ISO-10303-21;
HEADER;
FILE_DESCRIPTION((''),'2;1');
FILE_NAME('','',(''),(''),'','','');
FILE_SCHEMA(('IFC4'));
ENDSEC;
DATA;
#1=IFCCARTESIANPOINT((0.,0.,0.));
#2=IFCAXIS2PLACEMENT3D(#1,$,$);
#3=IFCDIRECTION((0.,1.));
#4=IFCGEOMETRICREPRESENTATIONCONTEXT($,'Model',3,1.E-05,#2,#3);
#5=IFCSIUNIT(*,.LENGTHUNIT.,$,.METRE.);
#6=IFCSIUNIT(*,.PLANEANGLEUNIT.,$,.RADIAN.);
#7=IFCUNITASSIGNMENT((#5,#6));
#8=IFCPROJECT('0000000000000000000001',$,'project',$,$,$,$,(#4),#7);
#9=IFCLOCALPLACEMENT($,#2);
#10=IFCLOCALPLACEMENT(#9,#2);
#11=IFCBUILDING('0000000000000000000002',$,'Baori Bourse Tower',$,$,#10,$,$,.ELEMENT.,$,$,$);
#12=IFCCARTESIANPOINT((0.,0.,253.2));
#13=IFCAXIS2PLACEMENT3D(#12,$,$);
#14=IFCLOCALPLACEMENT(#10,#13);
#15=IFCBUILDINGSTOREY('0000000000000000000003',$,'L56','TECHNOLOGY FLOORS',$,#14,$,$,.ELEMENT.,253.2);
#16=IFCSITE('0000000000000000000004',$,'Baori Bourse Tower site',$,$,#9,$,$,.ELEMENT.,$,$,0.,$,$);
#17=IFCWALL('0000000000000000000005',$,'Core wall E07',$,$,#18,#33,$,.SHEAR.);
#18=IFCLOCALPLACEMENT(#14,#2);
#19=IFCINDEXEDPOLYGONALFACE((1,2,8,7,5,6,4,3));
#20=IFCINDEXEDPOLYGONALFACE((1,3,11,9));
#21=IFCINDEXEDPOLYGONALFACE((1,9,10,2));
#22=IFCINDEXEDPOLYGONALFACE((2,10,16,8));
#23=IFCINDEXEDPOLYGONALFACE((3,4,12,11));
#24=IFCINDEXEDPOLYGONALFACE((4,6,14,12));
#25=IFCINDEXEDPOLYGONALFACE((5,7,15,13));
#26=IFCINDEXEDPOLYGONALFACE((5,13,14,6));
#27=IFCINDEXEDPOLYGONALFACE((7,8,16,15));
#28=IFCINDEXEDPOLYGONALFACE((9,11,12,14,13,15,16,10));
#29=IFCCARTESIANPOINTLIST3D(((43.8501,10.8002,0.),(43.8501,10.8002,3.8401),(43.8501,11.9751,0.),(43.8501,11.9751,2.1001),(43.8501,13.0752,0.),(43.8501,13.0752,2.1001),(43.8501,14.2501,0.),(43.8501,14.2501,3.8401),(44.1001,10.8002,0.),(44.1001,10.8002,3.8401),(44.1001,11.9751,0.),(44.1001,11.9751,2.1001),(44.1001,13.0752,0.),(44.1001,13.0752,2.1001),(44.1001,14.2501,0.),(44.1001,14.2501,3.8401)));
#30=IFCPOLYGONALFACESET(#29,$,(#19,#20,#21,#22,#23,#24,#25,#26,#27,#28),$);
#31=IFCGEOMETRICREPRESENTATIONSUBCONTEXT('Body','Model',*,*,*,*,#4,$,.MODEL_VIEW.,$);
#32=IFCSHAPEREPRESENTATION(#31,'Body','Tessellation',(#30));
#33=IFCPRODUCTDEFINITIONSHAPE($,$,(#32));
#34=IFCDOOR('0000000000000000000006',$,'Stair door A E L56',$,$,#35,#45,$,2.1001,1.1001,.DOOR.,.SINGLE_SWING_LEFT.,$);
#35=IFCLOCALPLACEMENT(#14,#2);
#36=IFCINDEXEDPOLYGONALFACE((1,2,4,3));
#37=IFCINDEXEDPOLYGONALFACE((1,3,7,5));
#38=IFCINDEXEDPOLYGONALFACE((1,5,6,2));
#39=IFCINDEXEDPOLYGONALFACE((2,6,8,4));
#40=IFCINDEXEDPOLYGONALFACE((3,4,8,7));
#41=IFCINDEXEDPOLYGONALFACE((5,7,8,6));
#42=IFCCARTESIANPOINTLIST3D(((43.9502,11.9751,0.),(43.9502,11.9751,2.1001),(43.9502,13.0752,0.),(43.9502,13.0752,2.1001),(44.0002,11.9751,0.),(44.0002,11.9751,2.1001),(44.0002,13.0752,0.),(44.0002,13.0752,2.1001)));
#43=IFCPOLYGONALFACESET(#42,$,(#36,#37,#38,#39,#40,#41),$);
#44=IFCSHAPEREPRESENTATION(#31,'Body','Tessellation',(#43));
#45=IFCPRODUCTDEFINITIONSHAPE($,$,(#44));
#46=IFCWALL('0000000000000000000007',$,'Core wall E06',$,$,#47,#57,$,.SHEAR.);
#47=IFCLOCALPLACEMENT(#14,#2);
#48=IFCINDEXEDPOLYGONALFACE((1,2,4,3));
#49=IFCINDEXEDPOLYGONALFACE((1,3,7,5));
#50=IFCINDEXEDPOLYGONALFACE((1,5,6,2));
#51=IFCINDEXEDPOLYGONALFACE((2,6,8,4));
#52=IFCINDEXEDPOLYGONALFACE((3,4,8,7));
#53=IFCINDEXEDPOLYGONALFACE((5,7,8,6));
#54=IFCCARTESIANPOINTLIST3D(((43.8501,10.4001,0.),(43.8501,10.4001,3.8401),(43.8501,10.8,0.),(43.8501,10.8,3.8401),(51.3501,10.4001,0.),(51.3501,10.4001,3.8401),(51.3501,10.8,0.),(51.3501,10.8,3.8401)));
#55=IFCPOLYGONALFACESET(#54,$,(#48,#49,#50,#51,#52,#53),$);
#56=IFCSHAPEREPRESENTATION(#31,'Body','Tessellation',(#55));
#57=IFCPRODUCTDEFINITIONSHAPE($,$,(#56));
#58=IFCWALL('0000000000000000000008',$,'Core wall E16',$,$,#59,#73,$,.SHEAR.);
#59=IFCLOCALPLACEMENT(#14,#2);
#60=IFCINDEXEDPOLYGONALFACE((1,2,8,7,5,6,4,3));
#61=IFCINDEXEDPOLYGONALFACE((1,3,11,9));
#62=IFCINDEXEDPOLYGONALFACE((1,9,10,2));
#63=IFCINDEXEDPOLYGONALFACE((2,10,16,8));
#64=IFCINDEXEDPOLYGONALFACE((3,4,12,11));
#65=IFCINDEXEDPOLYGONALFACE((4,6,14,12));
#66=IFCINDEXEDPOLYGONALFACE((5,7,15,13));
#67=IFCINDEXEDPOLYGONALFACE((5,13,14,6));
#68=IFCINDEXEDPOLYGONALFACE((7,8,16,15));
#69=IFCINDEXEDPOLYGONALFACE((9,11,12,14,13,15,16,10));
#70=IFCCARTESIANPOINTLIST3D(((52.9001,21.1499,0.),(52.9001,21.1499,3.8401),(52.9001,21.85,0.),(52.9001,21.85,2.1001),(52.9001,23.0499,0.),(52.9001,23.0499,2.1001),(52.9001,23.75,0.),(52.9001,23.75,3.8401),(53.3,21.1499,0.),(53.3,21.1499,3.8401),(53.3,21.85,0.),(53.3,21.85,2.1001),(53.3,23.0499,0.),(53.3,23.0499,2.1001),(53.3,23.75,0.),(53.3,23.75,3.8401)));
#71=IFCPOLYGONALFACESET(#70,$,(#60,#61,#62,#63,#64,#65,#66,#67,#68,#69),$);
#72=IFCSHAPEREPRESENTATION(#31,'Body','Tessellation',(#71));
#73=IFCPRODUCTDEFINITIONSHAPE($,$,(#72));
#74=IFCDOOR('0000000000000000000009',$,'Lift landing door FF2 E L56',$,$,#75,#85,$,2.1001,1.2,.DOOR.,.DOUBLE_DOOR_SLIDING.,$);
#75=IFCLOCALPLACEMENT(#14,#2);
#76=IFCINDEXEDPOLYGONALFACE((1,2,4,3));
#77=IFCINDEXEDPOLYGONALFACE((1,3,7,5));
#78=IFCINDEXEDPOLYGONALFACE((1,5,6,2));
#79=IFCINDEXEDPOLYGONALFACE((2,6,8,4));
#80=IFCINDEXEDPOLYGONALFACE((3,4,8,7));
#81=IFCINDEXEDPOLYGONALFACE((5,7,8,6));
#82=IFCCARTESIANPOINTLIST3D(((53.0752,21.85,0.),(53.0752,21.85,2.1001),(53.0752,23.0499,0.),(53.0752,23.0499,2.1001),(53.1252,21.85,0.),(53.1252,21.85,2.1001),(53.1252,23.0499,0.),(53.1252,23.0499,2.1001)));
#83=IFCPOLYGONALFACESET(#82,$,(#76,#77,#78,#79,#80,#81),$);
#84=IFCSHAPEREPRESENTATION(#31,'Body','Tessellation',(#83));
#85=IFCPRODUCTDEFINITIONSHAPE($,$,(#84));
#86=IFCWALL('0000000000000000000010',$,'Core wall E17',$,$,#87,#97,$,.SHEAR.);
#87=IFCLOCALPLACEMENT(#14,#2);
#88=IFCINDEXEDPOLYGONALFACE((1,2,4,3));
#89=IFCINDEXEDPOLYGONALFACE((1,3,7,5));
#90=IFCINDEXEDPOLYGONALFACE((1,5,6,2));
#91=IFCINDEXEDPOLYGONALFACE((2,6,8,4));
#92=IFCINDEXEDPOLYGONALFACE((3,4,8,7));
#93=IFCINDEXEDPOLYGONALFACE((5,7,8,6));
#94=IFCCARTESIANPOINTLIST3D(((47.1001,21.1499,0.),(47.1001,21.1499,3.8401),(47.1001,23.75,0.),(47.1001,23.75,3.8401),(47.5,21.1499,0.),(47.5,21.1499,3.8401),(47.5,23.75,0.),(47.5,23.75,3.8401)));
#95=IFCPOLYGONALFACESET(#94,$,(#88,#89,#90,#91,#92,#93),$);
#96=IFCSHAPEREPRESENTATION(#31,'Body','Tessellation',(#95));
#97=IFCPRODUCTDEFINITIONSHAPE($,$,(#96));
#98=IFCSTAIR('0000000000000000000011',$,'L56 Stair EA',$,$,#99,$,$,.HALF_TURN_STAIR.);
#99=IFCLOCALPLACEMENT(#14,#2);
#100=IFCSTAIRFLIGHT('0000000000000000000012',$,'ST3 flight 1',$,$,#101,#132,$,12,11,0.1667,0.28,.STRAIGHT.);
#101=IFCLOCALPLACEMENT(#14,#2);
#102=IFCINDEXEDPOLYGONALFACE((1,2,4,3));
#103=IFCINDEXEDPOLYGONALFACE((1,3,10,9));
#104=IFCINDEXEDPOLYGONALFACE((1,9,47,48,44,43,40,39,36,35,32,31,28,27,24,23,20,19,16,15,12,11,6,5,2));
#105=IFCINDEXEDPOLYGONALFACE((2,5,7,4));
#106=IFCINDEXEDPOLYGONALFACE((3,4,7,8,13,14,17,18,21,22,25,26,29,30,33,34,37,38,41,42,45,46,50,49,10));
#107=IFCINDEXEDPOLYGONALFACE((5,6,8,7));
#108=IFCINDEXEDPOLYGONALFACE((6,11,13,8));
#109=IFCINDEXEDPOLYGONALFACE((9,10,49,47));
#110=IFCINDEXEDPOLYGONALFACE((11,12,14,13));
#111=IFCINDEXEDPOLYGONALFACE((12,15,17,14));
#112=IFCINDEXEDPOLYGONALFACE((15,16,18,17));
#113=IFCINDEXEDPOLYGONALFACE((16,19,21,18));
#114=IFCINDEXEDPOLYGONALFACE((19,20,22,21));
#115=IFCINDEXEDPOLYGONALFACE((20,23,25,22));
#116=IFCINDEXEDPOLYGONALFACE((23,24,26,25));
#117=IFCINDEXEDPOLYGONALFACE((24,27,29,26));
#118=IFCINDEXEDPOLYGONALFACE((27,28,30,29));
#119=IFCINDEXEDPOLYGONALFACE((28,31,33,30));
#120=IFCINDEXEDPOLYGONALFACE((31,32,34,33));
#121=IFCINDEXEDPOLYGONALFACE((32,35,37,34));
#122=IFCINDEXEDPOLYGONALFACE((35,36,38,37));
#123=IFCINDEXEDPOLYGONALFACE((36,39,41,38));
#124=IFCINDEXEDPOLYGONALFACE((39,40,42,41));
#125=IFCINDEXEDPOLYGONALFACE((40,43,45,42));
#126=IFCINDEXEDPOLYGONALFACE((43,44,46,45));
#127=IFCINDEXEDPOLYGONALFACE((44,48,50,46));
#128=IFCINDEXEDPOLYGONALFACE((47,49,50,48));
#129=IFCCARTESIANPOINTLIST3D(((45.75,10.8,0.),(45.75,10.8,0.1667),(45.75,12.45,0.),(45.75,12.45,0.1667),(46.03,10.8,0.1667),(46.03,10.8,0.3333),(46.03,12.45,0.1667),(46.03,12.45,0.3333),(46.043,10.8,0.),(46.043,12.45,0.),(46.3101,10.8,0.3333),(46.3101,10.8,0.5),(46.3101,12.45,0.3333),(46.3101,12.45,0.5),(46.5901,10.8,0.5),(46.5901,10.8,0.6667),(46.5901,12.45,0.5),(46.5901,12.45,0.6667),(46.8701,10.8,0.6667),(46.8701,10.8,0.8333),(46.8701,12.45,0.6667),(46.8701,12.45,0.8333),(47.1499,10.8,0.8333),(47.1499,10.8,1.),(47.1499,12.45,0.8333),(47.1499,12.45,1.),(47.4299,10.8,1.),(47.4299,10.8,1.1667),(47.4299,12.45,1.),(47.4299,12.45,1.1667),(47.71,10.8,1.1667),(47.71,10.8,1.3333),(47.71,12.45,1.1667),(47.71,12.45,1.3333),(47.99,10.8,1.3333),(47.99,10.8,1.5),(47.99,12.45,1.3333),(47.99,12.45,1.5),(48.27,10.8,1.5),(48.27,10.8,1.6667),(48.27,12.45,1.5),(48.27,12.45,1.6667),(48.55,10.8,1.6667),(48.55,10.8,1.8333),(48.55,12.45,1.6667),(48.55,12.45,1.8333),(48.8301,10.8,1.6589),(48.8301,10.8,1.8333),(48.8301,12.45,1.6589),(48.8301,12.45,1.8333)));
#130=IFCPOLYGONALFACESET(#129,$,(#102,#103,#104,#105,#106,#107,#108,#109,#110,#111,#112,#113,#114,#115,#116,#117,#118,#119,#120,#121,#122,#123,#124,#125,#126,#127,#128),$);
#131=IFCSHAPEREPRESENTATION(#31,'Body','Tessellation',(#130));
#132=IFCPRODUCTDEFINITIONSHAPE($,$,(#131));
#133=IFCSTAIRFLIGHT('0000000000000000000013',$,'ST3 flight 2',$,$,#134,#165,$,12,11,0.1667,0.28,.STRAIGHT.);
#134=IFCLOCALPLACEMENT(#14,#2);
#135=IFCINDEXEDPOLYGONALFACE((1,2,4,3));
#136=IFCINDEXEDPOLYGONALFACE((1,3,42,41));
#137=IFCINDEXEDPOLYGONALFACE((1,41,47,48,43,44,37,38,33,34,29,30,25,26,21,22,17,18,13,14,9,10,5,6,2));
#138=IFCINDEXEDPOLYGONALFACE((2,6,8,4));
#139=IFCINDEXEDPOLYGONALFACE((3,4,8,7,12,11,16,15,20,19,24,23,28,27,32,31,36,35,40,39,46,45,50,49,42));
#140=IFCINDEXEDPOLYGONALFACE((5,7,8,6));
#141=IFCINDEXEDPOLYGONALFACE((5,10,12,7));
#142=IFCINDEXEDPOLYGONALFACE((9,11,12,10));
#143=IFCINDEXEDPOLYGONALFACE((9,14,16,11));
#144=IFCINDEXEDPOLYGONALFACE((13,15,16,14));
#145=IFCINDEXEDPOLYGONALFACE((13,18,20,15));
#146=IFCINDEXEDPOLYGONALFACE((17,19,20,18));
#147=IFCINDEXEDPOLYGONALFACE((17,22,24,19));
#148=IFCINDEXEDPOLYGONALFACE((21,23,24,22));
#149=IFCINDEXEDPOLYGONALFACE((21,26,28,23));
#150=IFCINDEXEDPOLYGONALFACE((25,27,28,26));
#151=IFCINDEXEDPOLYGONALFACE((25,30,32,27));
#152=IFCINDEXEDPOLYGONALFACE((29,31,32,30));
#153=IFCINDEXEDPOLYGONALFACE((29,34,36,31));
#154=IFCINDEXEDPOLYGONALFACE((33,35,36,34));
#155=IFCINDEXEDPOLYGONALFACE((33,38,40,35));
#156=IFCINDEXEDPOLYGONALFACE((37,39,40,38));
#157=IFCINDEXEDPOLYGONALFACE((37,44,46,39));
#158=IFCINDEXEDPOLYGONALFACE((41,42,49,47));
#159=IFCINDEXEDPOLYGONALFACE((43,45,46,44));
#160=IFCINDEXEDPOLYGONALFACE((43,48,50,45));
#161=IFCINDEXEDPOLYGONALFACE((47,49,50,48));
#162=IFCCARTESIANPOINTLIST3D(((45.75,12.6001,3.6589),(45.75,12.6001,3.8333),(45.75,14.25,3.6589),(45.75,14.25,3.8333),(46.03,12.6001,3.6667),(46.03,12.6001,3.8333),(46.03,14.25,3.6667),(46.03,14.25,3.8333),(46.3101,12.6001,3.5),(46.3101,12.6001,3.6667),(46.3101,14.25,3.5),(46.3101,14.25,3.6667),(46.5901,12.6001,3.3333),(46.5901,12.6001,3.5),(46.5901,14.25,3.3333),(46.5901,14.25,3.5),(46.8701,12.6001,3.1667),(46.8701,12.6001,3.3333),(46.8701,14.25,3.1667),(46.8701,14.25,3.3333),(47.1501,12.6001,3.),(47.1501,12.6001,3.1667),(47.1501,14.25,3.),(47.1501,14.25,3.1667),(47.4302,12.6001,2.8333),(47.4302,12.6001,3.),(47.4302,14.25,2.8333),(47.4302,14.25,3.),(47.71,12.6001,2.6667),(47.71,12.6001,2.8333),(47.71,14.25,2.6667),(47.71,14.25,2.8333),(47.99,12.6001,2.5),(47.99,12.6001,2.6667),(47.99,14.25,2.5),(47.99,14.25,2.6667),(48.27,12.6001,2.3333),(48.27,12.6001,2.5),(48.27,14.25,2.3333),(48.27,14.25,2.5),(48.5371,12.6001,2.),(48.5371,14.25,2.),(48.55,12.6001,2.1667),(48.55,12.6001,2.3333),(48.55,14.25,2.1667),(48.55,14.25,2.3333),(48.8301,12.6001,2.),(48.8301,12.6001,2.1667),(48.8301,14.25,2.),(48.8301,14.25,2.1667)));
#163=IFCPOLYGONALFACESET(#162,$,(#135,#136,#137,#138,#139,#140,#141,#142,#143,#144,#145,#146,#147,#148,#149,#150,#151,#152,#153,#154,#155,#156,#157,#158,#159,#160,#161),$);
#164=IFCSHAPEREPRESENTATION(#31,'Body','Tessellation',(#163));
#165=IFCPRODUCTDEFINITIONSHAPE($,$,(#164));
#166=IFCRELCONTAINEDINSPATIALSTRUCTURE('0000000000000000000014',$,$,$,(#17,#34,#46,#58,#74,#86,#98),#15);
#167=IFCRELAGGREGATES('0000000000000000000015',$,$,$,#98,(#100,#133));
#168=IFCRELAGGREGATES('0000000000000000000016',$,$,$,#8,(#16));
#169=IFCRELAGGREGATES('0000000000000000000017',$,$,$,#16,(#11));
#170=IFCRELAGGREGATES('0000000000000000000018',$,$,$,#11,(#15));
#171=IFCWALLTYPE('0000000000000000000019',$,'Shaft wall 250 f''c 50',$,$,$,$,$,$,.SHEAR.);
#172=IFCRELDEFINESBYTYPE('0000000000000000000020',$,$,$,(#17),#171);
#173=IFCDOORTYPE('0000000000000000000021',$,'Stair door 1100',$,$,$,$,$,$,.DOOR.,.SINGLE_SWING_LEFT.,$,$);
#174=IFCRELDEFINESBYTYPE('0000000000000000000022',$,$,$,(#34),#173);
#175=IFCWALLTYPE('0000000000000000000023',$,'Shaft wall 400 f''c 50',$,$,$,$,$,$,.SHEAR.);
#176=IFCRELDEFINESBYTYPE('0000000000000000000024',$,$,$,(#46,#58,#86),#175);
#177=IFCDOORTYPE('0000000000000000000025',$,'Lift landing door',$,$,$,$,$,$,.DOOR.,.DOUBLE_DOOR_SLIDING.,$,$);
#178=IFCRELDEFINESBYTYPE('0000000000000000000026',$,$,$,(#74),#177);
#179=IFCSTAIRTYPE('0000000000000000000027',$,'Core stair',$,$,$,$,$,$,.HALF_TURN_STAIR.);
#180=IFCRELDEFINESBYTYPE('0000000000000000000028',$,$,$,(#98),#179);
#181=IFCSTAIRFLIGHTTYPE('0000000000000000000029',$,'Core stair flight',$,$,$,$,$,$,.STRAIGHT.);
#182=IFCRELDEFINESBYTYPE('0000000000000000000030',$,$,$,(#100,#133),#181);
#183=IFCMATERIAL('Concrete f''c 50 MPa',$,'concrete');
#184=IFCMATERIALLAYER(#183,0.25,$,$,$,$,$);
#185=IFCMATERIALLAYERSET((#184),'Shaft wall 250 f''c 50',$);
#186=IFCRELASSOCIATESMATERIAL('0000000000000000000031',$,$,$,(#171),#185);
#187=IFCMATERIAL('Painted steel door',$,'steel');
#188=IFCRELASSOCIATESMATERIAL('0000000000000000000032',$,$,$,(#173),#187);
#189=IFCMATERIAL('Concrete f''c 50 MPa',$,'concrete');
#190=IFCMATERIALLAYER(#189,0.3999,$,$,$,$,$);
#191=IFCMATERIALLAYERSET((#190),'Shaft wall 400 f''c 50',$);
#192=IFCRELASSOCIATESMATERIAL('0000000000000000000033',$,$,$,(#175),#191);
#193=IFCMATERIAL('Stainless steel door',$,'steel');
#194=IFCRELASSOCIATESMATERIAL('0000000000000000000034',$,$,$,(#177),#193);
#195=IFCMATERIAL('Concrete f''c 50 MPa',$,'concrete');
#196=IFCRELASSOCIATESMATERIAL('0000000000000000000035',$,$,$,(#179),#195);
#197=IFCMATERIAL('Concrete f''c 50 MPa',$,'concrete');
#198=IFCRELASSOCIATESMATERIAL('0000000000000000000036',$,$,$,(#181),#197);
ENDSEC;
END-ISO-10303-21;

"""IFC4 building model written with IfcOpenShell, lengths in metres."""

from ifc_helpers import new_model, si_unit, direction, frame, frame_2d, origin, place, context, subcontext, project, spatial, polyline, rectangle, outline, extrude, material, layer, layer_set, type_object, element, fill, aggregate, save


model = new_model("IFC4")

# Units and contexts
model_context = context("Model", 3, precision=1e-05, world=origin(), true_north=direction((0.0, 1.0)))
body_context = subcontext(model_context, "Body", "Model", "MODEL_VIEW")
ifc_project = project(units=[si_unit("LENGTHUNIT", "METRE"), si_unit("PLANEANGLEUNIT", "RADIAN")], contexts=[model_context])

# Site, building, storey
site_placement = place(None, origin())
site = spatial("IfcSite", under=ifc_project, at=site_placement, Name="Baori Bourse Tower site", CompositionType="ELEMENT", RefElevation=0.0)
building_placement = place(site_placement, origin())
building = spatial("IfcBuilding", under=site, at=building_placement, Name="Baori Bourse Tower", CompositionType="ELEMENT")
storey_placement = place(building_placement, frame((0.0, 0.0, 253.2)))
storey = spatial("IfcBuildingStorey", under=building, at=storey_placement, Name="L56", Description="TECHNOLOGY FLOORS", CompositionType="ELEMENT", Elevation=253.2)

# Wall, opening, door
ifc_material_1 = material(Name="Concrete f'c 50 MPa", Category="concrete")
ifc_layer_1 = layer(ifc_material_1, 0.25)
ifc_layer_set_1 = layer_set([ifc_layer_1], Name="Shaft wall 250 f'c 50")
wall_type_1 = type_object("IfcWallType", Name="Shaft wall 250 f'c 50", PredefinedType="SHEAR", material=ifc_layer_set_1)
wall_1_placement = place(storey_placement, frame((43.9751, 10.8, 0.0), z_axis=(0.0, 0.0, 1.0), x_axis=(0.0, 1.0, 0.0)))
wall_1 = element("IfcWall", 1, at=wall_1_placement, inside=storey, type_object=wall_type_1, Name="Core wall E07", PredefinedType="SHEAR", context=body_context, shape_type="SweptSolid", body=[
    extrude(rectangle(XDim=3.45, YDim=0.25, at=frame_2d((1.7251, 0.0))), origin(), (0.0, 0.0, 1.0), 3.8401),
])
opening_1_placement = place(wall_1_placement, frame((1.175, 0.0, 0.0)))
opening_1 = element("IfcOpeningElement", 2, at=opening_1_placement, cuts=wall_1, PredefinedType="OPENING", context=body_context, shape_type="SweptSolid", body=[
    extrude(rectangle(XDim=1.1001, YDim=2.1001, at=frame_2d((0.55, 1.05))), frame((0.0, 0.135, 0.0), z_axis=(0.0, -1.0, 0.0), x_axis=(1.0, 0.0, 0.0)), (0.0, 0.0, 1.0), 0.27),
])
ifc_material_2 = material(Name="Painted steel door", Category="steel")
door_type_1 = type_object("IfcDoorType", Name="Stair door 1100", OperationType="SINGLE_SWING_LEFT", PredefinedType="DOOR", material=ifc_material_2)
door_1_placement = place(opening_1_placement, origin())
door_1 = element("IfcDoor", 3, at=door_1_placement, inside=storey, type_object=door_type_1, Name="Stair door A E L56", OperationType="SINGLE_SWING_LEFT", OverallHeight=2.1001, OverallWidth=1.1001, PredefinedType="DOOR", context=body_context, shape_type="SweptSolid", body=[
    extrude(rectangle(XDim=1.1001, YDim=2.1001, at=frame_2d((0.55, 1.05))), frame((0.0, 0.0249, 0.0), z_axis=(0.0, -1.0, 0.0), x_axis=(1.0, 0.0, 0.0)), (0.0, 0.0, 1.0), 0.05),
])
fill(opening_1, door_1)

# Wall
ifc_material_3 = material(Name="Concrete f'c 50 MPa", Category="concrete")
ifc_layer_2 = layer(ifc_material_3, 0.3999)
ifc_layer_set_2 = layer_set([ifc_layer_2], Name="Shaft wall 400 f'c 50")
wall_type_2 = type_object("IfcWallType", Name="Shaft wall 400 f'c 50", PredefinedType="SHEAR", material=ifc_layer_set_2)
wall_2_placement = place(storey_placement, frame((43.8501, 10.6001, 0.0), z_axis=(0.0, 0.0, 1.0), x_axis=(1.0, 0.0, 0.0)))
element("IfcWall", 4, at=wall_2_placement, inside=storey, type_object=wall_type_2, Name="Core wall E06", PredefinedType="SHEAR", context=body_context, shape_type="SweptSolid", body=[
    extrude(rectangle(XDim=7.5, YDim=0.3999, at=frame_2d((3.75, 0.0))), origin(), (0.0, 0.0, 1.0), 3.8401),
])

# Wall, opening, door
wall_3_placement = place(storey_placement, frame((53.1001, 21.1499, 0.0), z_axis=(0.0, 0.0, 1.0), x_axis=(0.0, 1.0, 0.0)))
wall_3 = element("IfcWall", 5, at=wall_3_placement, inside=storey, type_object=wall_type_2, Name="Core wall E16", PredefinedType="SHEAR", context=body_context, shape_type="SweptSolid", body=[
    extrude(rectangle(XDim=2.6001, YDim=0.3999, at=frame_2d((1.3, 0.0))), origin(), (0.0, 0.0, 1.0), 3.8401),
])
opening_2_placement = place(wall_3_placement, frame((0.7, 0.0, 0.0)))
opening_2 = element("IfcOpeningElement", 6, at=opening_2_placement, cuts=wall_3, PredefinedType="OPENING", context=body_context, shape_type="SweptSolid", body=[
    extrude(rectangle(XDim=1.2, YDim=2.1001, at=frame_2d((0.6001, 1.05))), frame((0.0, 0.21, 0.0), z_axis=(0.0, -1.0, 0.0), x_axis=(1.0, 0.0, 0.0)), (0.0, 0.0, 1.0), 0.4199),
])
ifc_material_4 = material(Name="Stainless steel door", Category="steel")
door_type_2 = type_object("IfcDoorType", Name="Lift landing door", OperationType="DOUBLE_DOOR_SLIDING", PredefinedType="DOOR", material=ifc_material_4)
door_2_placement = place(opening_2_placement, origin())
door_2 = element("IfcDoor", 7, at=door_2_placement, inside=storey, type_object=door_type_2, Name="Lift landing door FF2 E L56", OperationType="DOUBLE_DOOR_SLIDING", OverallHeight=2.1001, OverallWidth=1.2, PredefinedType="DOOR", context=body_context, shape_type="SweptSolid", body=[
    extrude(rectangle(XDim=1.2, YDim=2.1001, at=frame_2d((0.6001, 1.05))), frame((0.0, 0.0249, 0.0), z_axis=(0.0, -1.0, 0.0), x_axis=(1.0, 0.0, 0.0)), (0.0, 0.0, 1.0), 0.05),
])
fill(opening_2, door_2)

# Wall
wall_4_placement = place(storey_placement, frame((47.3, 21.1499, 0.0), z_axis=(0.0, 0.0, 1.0), x_axis=(0.0, 1.0, 0.0)))
element("IfcWall", 8, at=wall_4_placement, inside=storey, type_object=wall_type_2, Name="Core wall E17", PredefinedType="SHEAR", context=body_context, shape_type="SweptSolid", body=[
    extrude(rectangle(XDim=2.6001, YDim=0.3999, at=frame_2d((1.3, 0.0))), origin(), (0.0, 0.0, 1.0), 3.8401),
])

# Stair, stair flights
ifc_material_5 = material(Name="Concrete f'c 50 MPa", Category="concrete")
stair_type = type_object("IfcStairType", Name="Core stair", PredefinedType="HALF_TURN_STAIR", material=ifc_material_5)
stair_placement = place(storey_placement, origin())
stair = element("IfcStair", 9, at=stair_placement, inside=storey, type_object=stair_type, Name="L56 Stair EA", PredefinedType="HALF_TURN_STAIR")
ifc_material_6 = material(Name="Concrete f'c 50 MPa", Category="concrete")
stair_flight_type = type_object("IfcStairFlightType", Name="Core stair flight", PredefinedType="STRAIGHT", material=ifc_material_6)
stair_flight_1_placement = place(storey_placement, frame((45.75, 11.625, 0.0), z_axis=(0.0, 0.0, 1.0), x_axis=(1.0, 0.0, 0.0)))
stair_flight_1 = element("IfcStairFlight", 10, at=stair_flight_1_placement, type_object=stair_flight_type, Name="ST3 flight 1", NumberOfRisers=12, NumberOfTreads=11, PredefinedType="STRAIGHT", RiserHeight=0.1667, TreadLength=0.28, context=body_context, shape_type="SweptSolid", body=[
    extrude(outline(polyline([(0.0, 0.0), (0.0, 0.1667), (0.28, 0.1667), (0.28, 0.3333), (0.5601, 0.3333), (0.5601, 0.5), (0.8401, 0.5), (0.8401, 0.6667), (1.1201, 0.6667), (1.1201, 0.8333), (1.3999, 0.8333), (1.3999, 1.0), (1.6799, 1.0), (1.6799, 1.1667), (1.96, 1.1667), (1.96, 1.3333), (2.24, 1.3333), (2.24, 1.5), (2.52, 1.5), (2.52, 1.6667), (2.8, 1.6667), (2.8, 1.8333), (3.0801, 1.8333), (3.0801, 2.0), (3.0801, 1.6589), (0.293, 0.0), (0.0, 0.0)])), frame((0.0, 0.825, 0.0), z_axis=(0.0, -1.0, 0.0), x_axis=(1.0, 0.0, 0.0)), (0.0, 0.0, 1.0), 1.6499),
])
stair_flight_2_placement = place(storey_placement, frame((48.8301, 13.425, 2.0), z_axis=(0.0, 0.0, 1.0), x_axis=(-1.0, 0.0, 0.0)))
stair_flight_2 = element("IfcStairFlight", 11, at=stair_flight_2_placement, type_object=stair_flight_type, Name="ST3 flight 2", NumberOfRisers=12, NumberOfTreads=11, PredefinedType="STRAIGHT", RiserHeight=0.1667, TreadLength=0.28, context=body_context, shape_type="SweptSolid", body=[
    extrude(outline(polyline([(0.0, 0.0), (0.0, 0.1667), (0.28, 0.1667), (0.28, 0.3333), (0.5601, 0.3333), (0.5601, 0.5), (0.8401, 0.5), (0.8401, 0.6667), (1.1201, 0.6667), (1.1201, 0.8333), (1.3999, 0.8333), (1.3999, 1.0), (1.6799, 1.0), (1.6799, 1.1667), (1.96, 1.1667), (1.96, 1.3333), (2.24, 1.3333), (2.24, 1.5), (2.52, 1.5), (2.52, 1.6667), (2.8, 1.6667), (2.8, 1.8333), (3.0801, 1.8333), (3.0801, 2.0), (3.0801, 1.6589), (0.293, 0.0), (0.0, 0.0)])), frame((0.0, 0.825, 0.0), z_axis=(0.0, -1.0, 0.0), x_axis=(1.0, 0.0, 0.0)), (0.0, 0.0, 1.0), 1.6499),
])
aggregate(stair, [stair_flight_1, stair_flight_2])

save(model, "model.ifc")
